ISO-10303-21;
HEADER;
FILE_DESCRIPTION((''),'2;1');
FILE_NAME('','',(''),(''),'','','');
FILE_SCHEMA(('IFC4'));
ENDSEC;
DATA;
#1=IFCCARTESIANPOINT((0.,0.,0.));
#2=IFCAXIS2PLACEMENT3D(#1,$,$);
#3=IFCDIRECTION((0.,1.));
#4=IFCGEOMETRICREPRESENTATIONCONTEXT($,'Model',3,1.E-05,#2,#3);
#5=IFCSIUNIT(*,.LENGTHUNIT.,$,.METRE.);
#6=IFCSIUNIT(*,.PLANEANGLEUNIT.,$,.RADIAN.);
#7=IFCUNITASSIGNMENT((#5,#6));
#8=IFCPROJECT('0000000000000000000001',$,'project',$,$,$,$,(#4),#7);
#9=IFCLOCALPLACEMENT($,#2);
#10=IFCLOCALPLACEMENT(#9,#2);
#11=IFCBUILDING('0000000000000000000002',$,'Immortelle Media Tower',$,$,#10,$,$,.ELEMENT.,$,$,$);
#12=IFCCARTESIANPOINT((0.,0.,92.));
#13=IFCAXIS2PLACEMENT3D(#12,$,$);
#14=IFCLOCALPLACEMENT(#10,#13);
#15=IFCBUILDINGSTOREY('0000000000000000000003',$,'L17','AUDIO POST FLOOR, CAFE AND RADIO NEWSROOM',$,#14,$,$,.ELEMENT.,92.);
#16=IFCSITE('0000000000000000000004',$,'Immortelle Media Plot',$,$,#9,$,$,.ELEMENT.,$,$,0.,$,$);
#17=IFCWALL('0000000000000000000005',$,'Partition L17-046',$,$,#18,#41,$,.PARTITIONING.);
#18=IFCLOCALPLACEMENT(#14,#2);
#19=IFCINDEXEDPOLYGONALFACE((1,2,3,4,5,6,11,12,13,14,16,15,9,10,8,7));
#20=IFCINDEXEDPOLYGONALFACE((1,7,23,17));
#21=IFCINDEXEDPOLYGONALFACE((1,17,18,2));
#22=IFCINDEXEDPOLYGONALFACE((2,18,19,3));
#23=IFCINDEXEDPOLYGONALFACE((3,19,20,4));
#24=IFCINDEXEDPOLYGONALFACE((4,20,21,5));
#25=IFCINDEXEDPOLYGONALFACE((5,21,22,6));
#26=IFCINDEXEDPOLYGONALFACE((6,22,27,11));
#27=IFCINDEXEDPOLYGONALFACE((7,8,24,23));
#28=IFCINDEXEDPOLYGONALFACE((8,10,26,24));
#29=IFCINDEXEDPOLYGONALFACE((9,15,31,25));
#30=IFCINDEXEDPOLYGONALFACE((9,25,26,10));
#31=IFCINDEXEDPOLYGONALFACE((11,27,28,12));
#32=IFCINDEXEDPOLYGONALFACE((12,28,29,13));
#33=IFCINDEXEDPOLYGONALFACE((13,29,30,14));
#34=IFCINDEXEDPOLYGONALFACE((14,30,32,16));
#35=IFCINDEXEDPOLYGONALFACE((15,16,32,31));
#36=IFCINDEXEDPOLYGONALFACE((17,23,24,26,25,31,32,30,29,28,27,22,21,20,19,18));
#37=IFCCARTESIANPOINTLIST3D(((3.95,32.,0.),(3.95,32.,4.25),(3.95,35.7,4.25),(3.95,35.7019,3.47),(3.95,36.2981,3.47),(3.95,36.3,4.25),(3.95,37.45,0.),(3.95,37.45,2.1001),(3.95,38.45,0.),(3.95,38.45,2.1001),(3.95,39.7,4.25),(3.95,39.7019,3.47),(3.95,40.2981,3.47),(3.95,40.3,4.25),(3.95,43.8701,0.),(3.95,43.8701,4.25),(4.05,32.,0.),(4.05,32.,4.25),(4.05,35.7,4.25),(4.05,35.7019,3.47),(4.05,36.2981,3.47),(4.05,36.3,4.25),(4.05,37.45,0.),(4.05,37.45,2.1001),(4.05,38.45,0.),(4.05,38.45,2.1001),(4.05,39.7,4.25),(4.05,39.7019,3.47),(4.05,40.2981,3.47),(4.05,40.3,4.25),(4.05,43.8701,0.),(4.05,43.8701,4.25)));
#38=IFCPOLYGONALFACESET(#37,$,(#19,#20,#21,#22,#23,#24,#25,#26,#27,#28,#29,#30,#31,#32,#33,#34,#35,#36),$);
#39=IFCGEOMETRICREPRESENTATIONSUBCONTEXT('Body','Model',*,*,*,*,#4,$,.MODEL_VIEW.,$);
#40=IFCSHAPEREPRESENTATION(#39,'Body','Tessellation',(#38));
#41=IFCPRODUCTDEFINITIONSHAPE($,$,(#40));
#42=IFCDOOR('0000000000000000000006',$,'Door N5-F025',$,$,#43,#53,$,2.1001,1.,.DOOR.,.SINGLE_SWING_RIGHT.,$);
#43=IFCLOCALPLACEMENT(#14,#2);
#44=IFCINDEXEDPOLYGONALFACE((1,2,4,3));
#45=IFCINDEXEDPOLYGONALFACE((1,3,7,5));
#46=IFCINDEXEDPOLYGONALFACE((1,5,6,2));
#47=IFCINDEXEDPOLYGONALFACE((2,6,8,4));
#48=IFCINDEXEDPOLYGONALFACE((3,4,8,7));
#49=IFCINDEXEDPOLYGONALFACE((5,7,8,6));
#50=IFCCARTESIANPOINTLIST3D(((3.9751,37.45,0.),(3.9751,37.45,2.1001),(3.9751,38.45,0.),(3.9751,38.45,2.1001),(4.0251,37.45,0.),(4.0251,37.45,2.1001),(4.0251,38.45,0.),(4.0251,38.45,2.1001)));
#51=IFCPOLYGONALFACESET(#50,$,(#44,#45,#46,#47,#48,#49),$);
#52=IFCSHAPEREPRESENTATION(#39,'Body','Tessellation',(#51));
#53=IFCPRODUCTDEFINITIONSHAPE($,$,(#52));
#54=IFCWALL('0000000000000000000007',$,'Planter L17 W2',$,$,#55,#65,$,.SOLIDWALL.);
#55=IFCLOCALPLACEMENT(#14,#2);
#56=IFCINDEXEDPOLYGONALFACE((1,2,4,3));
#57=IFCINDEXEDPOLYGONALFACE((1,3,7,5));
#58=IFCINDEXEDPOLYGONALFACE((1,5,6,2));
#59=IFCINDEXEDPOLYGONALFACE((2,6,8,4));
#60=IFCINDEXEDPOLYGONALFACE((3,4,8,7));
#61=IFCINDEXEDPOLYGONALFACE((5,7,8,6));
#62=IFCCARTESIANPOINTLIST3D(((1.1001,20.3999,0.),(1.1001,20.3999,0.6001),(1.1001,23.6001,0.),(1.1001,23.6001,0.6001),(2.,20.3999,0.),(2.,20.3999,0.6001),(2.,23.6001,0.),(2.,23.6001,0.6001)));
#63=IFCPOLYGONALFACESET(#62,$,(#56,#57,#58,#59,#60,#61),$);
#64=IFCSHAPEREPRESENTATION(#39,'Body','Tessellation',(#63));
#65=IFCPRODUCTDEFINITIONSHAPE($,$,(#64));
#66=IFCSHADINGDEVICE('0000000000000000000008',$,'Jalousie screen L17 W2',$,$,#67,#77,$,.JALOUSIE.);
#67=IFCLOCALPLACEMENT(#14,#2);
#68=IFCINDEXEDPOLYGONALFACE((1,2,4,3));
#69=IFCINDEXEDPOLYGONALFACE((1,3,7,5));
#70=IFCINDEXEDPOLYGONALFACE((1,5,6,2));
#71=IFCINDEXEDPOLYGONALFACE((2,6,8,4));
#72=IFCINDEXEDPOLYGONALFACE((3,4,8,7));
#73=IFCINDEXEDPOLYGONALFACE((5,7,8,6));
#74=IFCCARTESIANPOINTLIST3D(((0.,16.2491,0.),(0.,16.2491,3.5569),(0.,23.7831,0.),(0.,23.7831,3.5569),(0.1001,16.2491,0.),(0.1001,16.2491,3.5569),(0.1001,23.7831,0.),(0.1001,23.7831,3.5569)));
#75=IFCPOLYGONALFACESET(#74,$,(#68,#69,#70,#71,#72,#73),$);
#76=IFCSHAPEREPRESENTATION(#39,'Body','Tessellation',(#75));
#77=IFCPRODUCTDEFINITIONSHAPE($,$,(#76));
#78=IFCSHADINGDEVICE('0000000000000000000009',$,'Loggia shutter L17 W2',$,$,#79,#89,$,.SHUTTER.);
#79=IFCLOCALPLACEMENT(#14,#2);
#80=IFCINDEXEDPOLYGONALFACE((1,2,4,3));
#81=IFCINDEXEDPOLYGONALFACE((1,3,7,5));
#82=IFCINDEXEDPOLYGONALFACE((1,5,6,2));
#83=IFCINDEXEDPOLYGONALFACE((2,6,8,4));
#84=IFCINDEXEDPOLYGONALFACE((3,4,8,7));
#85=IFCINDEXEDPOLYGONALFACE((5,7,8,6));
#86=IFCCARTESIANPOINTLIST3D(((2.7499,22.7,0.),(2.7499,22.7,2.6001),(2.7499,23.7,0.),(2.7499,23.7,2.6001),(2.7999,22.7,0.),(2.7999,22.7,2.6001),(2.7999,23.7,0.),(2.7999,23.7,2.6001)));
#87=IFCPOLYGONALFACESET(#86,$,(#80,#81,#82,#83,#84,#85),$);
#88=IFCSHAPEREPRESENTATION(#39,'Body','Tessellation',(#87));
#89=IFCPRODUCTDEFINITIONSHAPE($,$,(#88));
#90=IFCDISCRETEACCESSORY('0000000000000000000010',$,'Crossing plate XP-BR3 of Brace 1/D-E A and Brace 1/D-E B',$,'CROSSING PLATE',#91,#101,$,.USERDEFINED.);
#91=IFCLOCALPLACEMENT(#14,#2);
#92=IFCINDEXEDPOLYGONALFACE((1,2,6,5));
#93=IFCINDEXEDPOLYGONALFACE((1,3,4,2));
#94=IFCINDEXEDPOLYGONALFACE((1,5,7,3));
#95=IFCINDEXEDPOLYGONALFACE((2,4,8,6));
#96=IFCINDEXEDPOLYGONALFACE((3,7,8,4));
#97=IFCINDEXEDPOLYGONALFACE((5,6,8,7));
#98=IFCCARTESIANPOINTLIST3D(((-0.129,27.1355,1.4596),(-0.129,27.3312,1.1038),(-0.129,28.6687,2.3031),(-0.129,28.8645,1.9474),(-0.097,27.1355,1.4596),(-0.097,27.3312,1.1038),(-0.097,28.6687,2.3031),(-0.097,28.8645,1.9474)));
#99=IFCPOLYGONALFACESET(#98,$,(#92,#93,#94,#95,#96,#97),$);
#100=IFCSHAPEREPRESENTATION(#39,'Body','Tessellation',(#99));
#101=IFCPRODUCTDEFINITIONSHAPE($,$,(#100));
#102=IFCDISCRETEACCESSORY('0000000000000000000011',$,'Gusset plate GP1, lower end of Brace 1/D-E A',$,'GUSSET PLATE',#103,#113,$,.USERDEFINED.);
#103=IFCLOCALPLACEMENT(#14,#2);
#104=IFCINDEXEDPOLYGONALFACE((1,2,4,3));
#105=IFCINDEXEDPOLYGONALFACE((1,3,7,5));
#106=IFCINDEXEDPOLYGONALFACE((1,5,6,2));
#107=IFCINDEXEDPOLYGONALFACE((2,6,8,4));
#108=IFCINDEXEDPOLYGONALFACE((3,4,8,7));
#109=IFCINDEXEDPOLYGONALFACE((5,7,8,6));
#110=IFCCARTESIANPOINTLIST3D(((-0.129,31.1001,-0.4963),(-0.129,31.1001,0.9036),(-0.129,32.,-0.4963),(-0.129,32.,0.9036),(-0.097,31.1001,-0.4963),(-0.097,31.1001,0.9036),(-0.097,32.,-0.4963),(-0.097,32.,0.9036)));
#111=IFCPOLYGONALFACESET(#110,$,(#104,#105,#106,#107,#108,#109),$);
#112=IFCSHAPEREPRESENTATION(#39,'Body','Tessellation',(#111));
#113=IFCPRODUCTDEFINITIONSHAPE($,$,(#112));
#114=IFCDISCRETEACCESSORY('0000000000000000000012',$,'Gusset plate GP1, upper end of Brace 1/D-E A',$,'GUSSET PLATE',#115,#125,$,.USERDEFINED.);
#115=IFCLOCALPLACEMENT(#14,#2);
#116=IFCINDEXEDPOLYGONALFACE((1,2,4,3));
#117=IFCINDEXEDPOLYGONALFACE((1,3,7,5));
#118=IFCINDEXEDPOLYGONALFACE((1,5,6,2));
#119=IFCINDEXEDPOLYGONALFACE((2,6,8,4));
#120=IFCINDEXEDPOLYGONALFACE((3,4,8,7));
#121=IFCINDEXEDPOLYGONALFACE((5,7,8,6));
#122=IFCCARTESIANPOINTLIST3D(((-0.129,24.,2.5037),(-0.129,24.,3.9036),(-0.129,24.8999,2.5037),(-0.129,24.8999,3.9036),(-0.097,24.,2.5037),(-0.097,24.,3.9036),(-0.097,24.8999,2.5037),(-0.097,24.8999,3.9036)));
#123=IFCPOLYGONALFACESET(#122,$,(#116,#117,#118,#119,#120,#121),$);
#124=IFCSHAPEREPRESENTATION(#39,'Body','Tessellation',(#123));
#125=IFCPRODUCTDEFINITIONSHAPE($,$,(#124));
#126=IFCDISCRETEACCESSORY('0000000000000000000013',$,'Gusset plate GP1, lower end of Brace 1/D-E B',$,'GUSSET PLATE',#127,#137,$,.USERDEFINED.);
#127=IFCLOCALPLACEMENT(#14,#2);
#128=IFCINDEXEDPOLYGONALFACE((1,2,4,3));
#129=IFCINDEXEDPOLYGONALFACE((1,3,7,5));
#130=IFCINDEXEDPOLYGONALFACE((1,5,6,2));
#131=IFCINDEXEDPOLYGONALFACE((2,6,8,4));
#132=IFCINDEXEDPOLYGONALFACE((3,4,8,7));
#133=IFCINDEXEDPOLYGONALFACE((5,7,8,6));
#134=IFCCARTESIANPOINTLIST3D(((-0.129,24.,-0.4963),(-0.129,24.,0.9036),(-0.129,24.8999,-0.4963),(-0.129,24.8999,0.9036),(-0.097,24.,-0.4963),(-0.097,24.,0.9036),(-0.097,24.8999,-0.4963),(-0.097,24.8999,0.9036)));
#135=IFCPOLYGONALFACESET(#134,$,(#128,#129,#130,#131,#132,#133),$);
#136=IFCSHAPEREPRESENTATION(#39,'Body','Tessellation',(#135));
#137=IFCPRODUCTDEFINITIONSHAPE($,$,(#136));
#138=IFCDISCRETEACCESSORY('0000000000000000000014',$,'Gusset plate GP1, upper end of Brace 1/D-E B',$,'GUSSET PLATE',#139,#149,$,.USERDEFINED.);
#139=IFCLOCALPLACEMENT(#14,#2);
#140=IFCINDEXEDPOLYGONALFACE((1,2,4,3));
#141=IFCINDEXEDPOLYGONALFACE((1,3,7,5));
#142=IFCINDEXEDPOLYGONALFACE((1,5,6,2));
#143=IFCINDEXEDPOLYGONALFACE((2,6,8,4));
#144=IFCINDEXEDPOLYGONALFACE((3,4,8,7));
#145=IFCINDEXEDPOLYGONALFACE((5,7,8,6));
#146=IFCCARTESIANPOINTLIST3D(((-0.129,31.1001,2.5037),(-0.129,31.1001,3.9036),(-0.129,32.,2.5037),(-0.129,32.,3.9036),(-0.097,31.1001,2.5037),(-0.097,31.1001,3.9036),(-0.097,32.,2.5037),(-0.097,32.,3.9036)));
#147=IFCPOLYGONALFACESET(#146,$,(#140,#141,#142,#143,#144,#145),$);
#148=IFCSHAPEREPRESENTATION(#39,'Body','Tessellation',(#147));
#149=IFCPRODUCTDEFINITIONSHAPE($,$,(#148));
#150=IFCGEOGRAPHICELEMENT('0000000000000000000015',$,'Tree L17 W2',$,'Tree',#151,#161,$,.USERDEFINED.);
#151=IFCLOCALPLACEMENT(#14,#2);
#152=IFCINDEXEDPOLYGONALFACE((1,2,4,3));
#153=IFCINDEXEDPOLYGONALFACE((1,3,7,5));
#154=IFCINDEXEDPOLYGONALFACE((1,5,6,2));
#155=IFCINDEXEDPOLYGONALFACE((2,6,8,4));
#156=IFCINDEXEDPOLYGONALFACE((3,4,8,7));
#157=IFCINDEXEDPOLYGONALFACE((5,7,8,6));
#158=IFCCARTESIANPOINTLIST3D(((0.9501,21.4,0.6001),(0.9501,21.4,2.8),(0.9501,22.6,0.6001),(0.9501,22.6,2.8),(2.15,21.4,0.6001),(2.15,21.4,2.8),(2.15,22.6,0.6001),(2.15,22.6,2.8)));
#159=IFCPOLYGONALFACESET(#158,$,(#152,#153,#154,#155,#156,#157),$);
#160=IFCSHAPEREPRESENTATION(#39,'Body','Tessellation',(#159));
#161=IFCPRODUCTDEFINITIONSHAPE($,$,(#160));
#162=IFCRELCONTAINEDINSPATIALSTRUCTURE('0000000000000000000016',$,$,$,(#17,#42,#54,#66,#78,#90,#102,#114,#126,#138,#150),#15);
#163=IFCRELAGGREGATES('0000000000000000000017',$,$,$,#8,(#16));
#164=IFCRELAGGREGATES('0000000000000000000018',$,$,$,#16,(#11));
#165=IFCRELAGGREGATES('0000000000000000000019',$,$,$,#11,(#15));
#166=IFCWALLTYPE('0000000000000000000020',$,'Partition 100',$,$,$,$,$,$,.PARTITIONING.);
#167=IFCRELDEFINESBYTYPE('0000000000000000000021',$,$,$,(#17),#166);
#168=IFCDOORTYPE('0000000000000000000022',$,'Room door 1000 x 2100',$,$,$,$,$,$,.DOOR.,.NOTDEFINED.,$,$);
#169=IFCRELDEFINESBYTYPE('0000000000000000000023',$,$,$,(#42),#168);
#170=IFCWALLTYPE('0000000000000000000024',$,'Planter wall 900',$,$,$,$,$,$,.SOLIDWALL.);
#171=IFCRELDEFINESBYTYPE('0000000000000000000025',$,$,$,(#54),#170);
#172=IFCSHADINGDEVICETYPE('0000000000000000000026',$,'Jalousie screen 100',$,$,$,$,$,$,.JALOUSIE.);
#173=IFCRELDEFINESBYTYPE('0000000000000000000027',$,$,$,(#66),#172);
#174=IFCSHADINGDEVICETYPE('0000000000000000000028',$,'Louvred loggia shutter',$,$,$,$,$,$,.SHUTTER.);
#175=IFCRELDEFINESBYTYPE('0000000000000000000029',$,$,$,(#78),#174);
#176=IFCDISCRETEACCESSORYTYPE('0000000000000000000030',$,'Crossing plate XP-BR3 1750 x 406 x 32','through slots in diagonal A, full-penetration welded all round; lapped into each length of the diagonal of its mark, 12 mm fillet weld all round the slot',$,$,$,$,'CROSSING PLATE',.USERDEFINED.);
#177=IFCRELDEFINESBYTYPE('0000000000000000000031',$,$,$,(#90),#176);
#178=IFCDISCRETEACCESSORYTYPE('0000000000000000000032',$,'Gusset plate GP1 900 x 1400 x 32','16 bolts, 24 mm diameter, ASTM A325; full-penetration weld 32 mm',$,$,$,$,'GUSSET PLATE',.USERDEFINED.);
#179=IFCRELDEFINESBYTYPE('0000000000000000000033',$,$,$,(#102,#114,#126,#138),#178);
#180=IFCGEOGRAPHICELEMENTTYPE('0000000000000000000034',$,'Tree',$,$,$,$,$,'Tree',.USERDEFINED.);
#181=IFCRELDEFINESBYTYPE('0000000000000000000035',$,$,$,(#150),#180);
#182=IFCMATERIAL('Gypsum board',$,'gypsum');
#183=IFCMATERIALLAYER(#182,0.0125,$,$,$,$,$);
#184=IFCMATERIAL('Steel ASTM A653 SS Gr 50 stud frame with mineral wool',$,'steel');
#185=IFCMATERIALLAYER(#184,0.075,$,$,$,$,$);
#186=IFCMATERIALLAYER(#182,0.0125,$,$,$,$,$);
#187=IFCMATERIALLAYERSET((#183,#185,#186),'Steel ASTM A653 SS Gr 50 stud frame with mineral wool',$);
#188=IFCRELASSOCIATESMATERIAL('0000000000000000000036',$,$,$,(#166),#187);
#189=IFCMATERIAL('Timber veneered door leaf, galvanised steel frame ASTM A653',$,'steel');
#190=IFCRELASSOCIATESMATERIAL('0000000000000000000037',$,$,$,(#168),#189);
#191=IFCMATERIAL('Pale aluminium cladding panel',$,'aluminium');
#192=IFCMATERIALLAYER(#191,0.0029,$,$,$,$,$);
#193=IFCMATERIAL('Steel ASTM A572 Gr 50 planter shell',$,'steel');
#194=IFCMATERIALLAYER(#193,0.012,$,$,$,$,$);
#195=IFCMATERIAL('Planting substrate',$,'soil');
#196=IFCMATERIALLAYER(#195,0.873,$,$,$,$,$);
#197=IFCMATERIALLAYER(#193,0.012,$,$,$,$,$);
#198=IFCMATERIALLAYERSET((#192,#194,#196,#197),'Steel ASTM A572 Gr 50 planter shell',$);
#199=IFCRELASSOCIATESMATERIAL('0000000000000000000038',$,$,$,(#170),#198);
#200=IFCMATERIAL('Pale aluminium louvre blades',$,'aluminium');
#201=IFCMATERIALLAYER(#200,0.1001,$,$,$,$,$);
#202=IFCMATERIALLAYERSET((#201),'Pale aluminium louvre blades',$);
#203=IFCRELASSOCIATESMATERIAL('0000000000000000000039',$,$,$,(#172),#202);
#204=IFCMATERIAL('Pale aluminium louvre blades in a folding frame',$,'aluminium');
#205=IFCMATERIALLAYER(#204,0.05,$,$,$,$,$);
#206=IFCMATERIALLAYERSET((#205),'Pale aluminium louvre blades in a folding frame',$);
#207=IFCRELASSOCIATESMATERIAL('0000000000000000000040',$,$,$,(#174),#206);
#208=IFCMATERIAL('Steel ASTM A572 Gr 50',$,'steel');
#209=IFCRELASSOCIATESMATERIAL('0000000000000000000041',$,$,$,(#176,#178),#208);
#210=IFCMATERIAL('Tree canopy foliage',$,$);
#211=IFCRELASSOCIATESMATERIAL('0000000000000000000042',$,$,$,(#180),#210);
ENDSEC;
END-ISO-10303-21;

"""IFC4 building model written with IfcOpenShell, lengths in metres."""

from ifc_helpers import new_model, si_unit, direction, frame, frame_2d, origin, origin_2d, place, context, subcontext, project, spatial, polyline, rectangle, outline, extrude, material, layer, layer_set, material_profile, profile_set, type_object, element, fill, save


model = new_model("IFC4")

# Units and contexts
model_context = context("Model", 3, precision=1e-05, world=origin(), true_north=direction((0.0, 1.0)))
body_context = subcontext(model_context, "Body", "Model", "MODEL_VIEW")
ifc_project = project(units=[si_unit("LENGTHUNIT", "METRE"), si_unit("PLANEANGLEUNIT", "RADIAN")], contexts=[model_context])

# Site, building, storey
site_placement = place(None, origin())
site = spatial("IfcSite", under=ifc_project, at=site_placement, Name="Immortelle Media Plot", CompositionType="ELEMENT", RefElevation=0.0)
building_placement = place(site_placement, origin())
building = spatial("IfcBuilding", under=site, at=building_placement, Name="Immortelle Media Tower", CompositionType="ELEMENT")
storey_placement = place(building_placement, frame((0.0, 0.0, 92.0)))
storey = spatial("IfcBuildingStorey", under=building, at=storey_placement, Name="L17", Description="AUDIO POST FLOOR, CAFE AND RADIO NEWSROOM", CompositionType="ELEMENT", Elevation=92.0)

# Shared definitions
ifc_material_1 = material(Name="Steel ASTM A653 SS Gr 50 stud frame with mineral wool", Category="steel")
ifc_material_2 = material(Name="Pale aluminium cladding panel", Category="aluminium")

# Shared definitions
ifc_material_3 = material(Name="Gypsum board", Category="gypsum")
ifc_layer_1 = layer(ifc_material_3, 0.0125)
ifc_layer_2 = layer(ifc_material_1, 0.075)
ifc_layer_3 = layer(ifc_material_3, 0.0125)
ifc_layer_set_1 = layer_set([ifc_layer_1, ifc_layer_2, ifc_layer_3], Name="Steel ASTM A653 SS Gr 50 stud frame with mineral wool")
wall_type_1 = type_object("IfcWallType", Name="Partition 100", PredefinedType="PARTITIONING", material=ifc_layer_set_1)

# Wall, opening, door
wall_1_placement = place(storey_placement, frame((4.0, 32.0, 0.0), z_axis=(0.0, 0.0, 1.0), x_axis=(0.0, 1.0, 0.0)))
wall_1 = element("IfcWall", 1, at=wall_1_placement, inside=storey, type_object=wall_type_1, Name="Partition L17-046", PredefinedType="PARTITIONING", context=body_context, shape_type="SweptSolid", body=[
    extrude(outline(polyline([(0.0, 0.0), (11.8701, 0.0), (11.8701, 4.25), (8.3, 4.25), (8.2981, 3.47), (7.7019, 3.47), (7.7, 4.25), (4.3, 4.25), (4.2981, 3.47), (3.7019, 3.47), (3.7, 4.25), (0.0, 4.25), (0.0, 0.0)])), frame((0.0, 0.05, 0.0), z_axis=(0.0, -1.0, 0.0), x_axis=(1.0, 0.0, 0.0)), (0.0, 0.0, 1.0), 0.1001),
])
opening_1_placement = place(wall_1_placement, frame((5.45, 0.0, 0.0)))
opening_1 = element("IfcOpeningElement", 2, at=opening_1_placement, cuts=wall_1, PredefinedType="OPENING", context=body_context, shape_type="SweptSolid", body=[
    extrude(rectangle(XDim=1.0, YDim=2.1001, at=frame_2d((0.5, 1.05))), frame((0.0, 0.0601, 0.0), z_axis=(0.0, -1.0, 0.0), x_axis=(1.0, 0.0, 0.0)), (0.0, 0.0, 1.0), 0.1201),
])
ifc_material_4 = material(Name="Timber veneered door leaf, galvanised steel frame ASTM A653", Category="steel")
door_type_1 = type_object("IfcDoorType", Name="Room door 1000 x 2100", OperationType="NOTDEFINED", PredefinedType="DOOR", material=ifc_material_4)
door_1_placement = place(opening_1_placement, origin())
door_1 = element("IfcDoor", 3, at=door_1_placement, inside=storey, type_object=door_type_1, Name="Door N5-F025", OperationType="SINGLE_SWING_RIGHT", OverallHeight=2.1001, OverallWidth=1.0, PredefinedType="DOOR", context=body_context, shape_type="SweptSolid", body=[
    extrude(rectangle(XDim=1.0, YDim=2.1001, at=frame_2d((0.5, 1.05))), frame((0.0, 0.0249, 0.0), z_axis=(0.0, -1.0, 0.0), x_axis=(1.0, 0.0, 0.0)), (0.0, 0.0, 1.0), 0.05),
])
fill(opening_1, door_1)

# Wall
ifc_layer_4 = layer(ifc_material_2, 0.0029)
ifc_material_5 = material(Name="Steel ASTM A572 Gr 50 planter shell", Category="steel")
ifc_layer_5 = layer(ifc_material_5, 0.012)
ifc_material_6 = material(Name="Planting substrate", Category="soil")
ifc_layer_6 = layer(ifc_material_6, 0.873)
ifc_layer_7 = layer(ifc_material_5, 0.012)
ifc_layer_set_2 = layer_set([ifc_layer_4, ifc_layer_5, ifc_layer_6, ifc_layer_7], Name="Steel ASTM A572 Gr 50 planter shell")
wall_type_2 = type_object("IfcWallType", Name="Planter wall 900", PredefinedType="SOLIDWALL", material=ifc_layer_set_2)
wall_2_placement = place(storey_placement, frame((1.55, 23.6001, 0.0), z_axis=(0.0, 0.0, 1.0), x_axis=(0.0, -1.0, 0.0)))
element("IfcWall", 4, at=wall_2_placement, inside=storey, type_object=wall_type_2, Name="Planter L17 W2", PredefinedType="SOLIDWALL", context=body_context, shape_type="SweptSolid", body=[
    extrude(rectangle(XDim=3.2002, YDim=0.8999, at=frame_2d((1.6001, 0.0))), origin(), (0.0, 0.0, 1.0), 0.6001),
])

# Shading devices
ifc_material_7 = material(Name="Pale aluminium louvre blades", Category="aluminium")
ifc_layer_8 = layer(ifc_material_7, 0.1001)
ifc_layer_set_3 = layer_set([ifc_layer_8], Name="Pale aluminium louvre blades")
shading_device_type_1 = type_object("IfcShadingDeviceType", Name="Jalousie screen 100", PredefinedType="JALOUSIE", material=ifc_layer_set_3)
shading_device_1_placement = place(storey_placement, frame((0.05, 20.0161, 0.0), z_axis=(0.0, 0.0, 1.0), x_axis=(0.0, -1.0, 0.0)))
element("IfcShadingDevice", 5, at=shading_device_1_placement, inside=storey, type_object=shading_device_type_1, Name="Jalousie screen L17 W2", PredefinedType="JALOUSIE", context=body_context, shape_type="SweptSolid", body=[
    extrude(rectangle(XDim=7.5339, YDim=0.1001, at=origin_2d()), origin(), (0.0, 0.0, 1.0), 3.5569),
])
ifc_material_8 = material(Name="Pale aluminium louvre blades in a folding frame", Category="aluminium")
ifc_layer_9 = layer(ifc_material_8, 0.05)
ifc_layer_set_4 = layer_set([ifc_layer_9], Name="Pale aluminium louvre blades in a folding frame")
shading_device_type_2 = type_object("IfcShadingDeviceType", Name="Louvred loggia shutter", PredefinedType="SHUTTER", material=ifc_layer_set_4)
shading_device_2_placement = place(storey_placement, frame((2.7749, 23.2, 0.0), z_axis=(0.0, 0.0, 1.0), x_axis=(0.0, -1.0, 0.0)))
element("IfcShadingDevice", 6, at=shading_device_2_placement, inside=storey, type_object=shading_device_type_2, Name="Loggia shutter L17 W2", PredefinedType="SHUTTER", context=body_context, shape_type="SweptSolid", body=[
    extrude(rectangle(XDim=1.0, YDim=0.05, at=origin_2d()), origin(), (0.0, 0.0, 1.0), 2.6001),
])

# Discrete accessories
ifc_material_9 = material(Name="Steel ASTM A572 Gr 50", Category="steel")
ifc_material_profile_1 = material_profile(ifc_material_9, rectangle(XDim=0.032, YDim=0.406, at=origin_2d()), Name="PL 32 x 406")
ifc_profile_set_1 = profile_set([ifc_material_profile_1], Name="Steel ASTM A572 Gr 50")
discrete_accessory_type_1 = type_object("IfcDiscreteAccessoryType", Name="Crossing plate XP-BR3 1750 x 406 x 32", Description="through slots in diagonal A, full-penetration welded all round; lapped into each length of the diagonal of its mark, 12 mm fillet weld all round the slot", ElementType="CROSSING PLATE", PredefinedType="USERDEFINED", material=ifc_profile_set_1)
discrete_accessory_placement = place(storey_placement, frame((-0.113, 28.7666, 2.1252), z_axis=(0.0, -0.876157, -0.482026), x_axis=(1.0, 0.0, 0.0)))
element("IfcDiscreteAccessory", 7, at=discrete_accessory_placement, inside=storey, type_object=discrete_accessory_type_1, Name="Crossing plate XP-BR3 of Brace 1/D-E A and Brace 1/D-E B", ObjectType="CROSSING PLATE", PredefinedType="USERDEFINED", context=body_context, shape_type="SweptSolid", body=[
    extrude(rectangle(XDim=0.032, YDim=0.406, at=origin_2d()), origin(), (0.0, 0.0, 1.0), 1.75),
])
ifc_material_profile_2 = material_profile(ifc_material_9, rectangle(XDim=0.032, YDim=1.3999, at=origin_2d()), Name="PL 32 x 1400")
ifc_profile_set_2 = profile_set([ifc_material_profile_2], Name="Steel ASTM A572 Gr 50")
discrete_accessory_type_2 = type_object("IfcDiscreteAccessoryType", Name="Gusset plate GP1 900 x 1400 x 32", Description="16 bolts, 24 mm diameter, ASTM A325; full-penetration weld 32 mm", ElementType="GUSSET PLATE", PredefinedType="USERDEFINED", material=ifc_profile_set_2)
for number, where, z_axis, x_axis, name in (
    (8, (-0.113, 32.0, 0.2036), (0.0, -1.0, 0.0), (1.0, 0.0, 0.0), "Gusset plate GP1, lower end of Brace 1/D-E A"),
    (9, (-0.113, 24.0, 3.2036), (0.0, 1.0, 0.0), (-1.0, 0.0, 0.0), "Gusset plate GP1, upper end of Brace 1/D-E A"),
    (10, (-0.113, 24.0, 0.2036), (0.0, 1.0, 0.0), (-1.0, 0.0, 0.0), "Gusset plate GP1, lower end of Brace 1/D-E B"),
    (11, (-0.113, 32.0, 3.2036), (0.0, -1.0, 0.0), (1.0, 0.0, 0.0), "Gusset plate GP1, upper end of Brace 1/D-E B"),
):
    element("IfcDiscreteAccessory", number, at=place(storey_placement, frame(where, z_axis=z_axis, x_axis=x_axis)), inside=storey, type_object=discrete_accessory_type_2, Name=name, ObjectType="GUSSET PLATE", PredefinedType="USERDEFINED", context=body_context, shape_type="SweptSolid", body=[
        extrude(rectangle(XDim=0.032, YDim=1.3999, at=origin_2d()), origin(), (0.0, 0.0, 1.0), 0.8999),
    ])

# Geographic element
ifc_material_10 = material(Name="Tree canopy foliage")
geographic_element_type = type_object("IfcGeographicElementType", Name="Tree", ElementType="Tree", PredefinedType="USERDEFINED", material=ifc_material_10)
geographic_element_placement = place(storey_placement, frame((1.55, 22.0, 0.6001), z_axis=(0.0, 0.0, 1.0), x_axis=(1.0, 0.0, 0.0)))
element("IfcGeographicElement", 12, at=geographic_element_placement, inside=storey, type_object=geographic_element_type, Name="Tree L17 W2", ObjectType="Tree", PredefinedType="USERDEFINED", context=body_context, shape_type="SweptSolid", body=[
    extrude(rectangle(XDim=1.2, YDim=1.2, at=origin_2d()), origin(), (0.0, 0.0, 1.0), 2.2),
])

save(model, "model.ifc")
